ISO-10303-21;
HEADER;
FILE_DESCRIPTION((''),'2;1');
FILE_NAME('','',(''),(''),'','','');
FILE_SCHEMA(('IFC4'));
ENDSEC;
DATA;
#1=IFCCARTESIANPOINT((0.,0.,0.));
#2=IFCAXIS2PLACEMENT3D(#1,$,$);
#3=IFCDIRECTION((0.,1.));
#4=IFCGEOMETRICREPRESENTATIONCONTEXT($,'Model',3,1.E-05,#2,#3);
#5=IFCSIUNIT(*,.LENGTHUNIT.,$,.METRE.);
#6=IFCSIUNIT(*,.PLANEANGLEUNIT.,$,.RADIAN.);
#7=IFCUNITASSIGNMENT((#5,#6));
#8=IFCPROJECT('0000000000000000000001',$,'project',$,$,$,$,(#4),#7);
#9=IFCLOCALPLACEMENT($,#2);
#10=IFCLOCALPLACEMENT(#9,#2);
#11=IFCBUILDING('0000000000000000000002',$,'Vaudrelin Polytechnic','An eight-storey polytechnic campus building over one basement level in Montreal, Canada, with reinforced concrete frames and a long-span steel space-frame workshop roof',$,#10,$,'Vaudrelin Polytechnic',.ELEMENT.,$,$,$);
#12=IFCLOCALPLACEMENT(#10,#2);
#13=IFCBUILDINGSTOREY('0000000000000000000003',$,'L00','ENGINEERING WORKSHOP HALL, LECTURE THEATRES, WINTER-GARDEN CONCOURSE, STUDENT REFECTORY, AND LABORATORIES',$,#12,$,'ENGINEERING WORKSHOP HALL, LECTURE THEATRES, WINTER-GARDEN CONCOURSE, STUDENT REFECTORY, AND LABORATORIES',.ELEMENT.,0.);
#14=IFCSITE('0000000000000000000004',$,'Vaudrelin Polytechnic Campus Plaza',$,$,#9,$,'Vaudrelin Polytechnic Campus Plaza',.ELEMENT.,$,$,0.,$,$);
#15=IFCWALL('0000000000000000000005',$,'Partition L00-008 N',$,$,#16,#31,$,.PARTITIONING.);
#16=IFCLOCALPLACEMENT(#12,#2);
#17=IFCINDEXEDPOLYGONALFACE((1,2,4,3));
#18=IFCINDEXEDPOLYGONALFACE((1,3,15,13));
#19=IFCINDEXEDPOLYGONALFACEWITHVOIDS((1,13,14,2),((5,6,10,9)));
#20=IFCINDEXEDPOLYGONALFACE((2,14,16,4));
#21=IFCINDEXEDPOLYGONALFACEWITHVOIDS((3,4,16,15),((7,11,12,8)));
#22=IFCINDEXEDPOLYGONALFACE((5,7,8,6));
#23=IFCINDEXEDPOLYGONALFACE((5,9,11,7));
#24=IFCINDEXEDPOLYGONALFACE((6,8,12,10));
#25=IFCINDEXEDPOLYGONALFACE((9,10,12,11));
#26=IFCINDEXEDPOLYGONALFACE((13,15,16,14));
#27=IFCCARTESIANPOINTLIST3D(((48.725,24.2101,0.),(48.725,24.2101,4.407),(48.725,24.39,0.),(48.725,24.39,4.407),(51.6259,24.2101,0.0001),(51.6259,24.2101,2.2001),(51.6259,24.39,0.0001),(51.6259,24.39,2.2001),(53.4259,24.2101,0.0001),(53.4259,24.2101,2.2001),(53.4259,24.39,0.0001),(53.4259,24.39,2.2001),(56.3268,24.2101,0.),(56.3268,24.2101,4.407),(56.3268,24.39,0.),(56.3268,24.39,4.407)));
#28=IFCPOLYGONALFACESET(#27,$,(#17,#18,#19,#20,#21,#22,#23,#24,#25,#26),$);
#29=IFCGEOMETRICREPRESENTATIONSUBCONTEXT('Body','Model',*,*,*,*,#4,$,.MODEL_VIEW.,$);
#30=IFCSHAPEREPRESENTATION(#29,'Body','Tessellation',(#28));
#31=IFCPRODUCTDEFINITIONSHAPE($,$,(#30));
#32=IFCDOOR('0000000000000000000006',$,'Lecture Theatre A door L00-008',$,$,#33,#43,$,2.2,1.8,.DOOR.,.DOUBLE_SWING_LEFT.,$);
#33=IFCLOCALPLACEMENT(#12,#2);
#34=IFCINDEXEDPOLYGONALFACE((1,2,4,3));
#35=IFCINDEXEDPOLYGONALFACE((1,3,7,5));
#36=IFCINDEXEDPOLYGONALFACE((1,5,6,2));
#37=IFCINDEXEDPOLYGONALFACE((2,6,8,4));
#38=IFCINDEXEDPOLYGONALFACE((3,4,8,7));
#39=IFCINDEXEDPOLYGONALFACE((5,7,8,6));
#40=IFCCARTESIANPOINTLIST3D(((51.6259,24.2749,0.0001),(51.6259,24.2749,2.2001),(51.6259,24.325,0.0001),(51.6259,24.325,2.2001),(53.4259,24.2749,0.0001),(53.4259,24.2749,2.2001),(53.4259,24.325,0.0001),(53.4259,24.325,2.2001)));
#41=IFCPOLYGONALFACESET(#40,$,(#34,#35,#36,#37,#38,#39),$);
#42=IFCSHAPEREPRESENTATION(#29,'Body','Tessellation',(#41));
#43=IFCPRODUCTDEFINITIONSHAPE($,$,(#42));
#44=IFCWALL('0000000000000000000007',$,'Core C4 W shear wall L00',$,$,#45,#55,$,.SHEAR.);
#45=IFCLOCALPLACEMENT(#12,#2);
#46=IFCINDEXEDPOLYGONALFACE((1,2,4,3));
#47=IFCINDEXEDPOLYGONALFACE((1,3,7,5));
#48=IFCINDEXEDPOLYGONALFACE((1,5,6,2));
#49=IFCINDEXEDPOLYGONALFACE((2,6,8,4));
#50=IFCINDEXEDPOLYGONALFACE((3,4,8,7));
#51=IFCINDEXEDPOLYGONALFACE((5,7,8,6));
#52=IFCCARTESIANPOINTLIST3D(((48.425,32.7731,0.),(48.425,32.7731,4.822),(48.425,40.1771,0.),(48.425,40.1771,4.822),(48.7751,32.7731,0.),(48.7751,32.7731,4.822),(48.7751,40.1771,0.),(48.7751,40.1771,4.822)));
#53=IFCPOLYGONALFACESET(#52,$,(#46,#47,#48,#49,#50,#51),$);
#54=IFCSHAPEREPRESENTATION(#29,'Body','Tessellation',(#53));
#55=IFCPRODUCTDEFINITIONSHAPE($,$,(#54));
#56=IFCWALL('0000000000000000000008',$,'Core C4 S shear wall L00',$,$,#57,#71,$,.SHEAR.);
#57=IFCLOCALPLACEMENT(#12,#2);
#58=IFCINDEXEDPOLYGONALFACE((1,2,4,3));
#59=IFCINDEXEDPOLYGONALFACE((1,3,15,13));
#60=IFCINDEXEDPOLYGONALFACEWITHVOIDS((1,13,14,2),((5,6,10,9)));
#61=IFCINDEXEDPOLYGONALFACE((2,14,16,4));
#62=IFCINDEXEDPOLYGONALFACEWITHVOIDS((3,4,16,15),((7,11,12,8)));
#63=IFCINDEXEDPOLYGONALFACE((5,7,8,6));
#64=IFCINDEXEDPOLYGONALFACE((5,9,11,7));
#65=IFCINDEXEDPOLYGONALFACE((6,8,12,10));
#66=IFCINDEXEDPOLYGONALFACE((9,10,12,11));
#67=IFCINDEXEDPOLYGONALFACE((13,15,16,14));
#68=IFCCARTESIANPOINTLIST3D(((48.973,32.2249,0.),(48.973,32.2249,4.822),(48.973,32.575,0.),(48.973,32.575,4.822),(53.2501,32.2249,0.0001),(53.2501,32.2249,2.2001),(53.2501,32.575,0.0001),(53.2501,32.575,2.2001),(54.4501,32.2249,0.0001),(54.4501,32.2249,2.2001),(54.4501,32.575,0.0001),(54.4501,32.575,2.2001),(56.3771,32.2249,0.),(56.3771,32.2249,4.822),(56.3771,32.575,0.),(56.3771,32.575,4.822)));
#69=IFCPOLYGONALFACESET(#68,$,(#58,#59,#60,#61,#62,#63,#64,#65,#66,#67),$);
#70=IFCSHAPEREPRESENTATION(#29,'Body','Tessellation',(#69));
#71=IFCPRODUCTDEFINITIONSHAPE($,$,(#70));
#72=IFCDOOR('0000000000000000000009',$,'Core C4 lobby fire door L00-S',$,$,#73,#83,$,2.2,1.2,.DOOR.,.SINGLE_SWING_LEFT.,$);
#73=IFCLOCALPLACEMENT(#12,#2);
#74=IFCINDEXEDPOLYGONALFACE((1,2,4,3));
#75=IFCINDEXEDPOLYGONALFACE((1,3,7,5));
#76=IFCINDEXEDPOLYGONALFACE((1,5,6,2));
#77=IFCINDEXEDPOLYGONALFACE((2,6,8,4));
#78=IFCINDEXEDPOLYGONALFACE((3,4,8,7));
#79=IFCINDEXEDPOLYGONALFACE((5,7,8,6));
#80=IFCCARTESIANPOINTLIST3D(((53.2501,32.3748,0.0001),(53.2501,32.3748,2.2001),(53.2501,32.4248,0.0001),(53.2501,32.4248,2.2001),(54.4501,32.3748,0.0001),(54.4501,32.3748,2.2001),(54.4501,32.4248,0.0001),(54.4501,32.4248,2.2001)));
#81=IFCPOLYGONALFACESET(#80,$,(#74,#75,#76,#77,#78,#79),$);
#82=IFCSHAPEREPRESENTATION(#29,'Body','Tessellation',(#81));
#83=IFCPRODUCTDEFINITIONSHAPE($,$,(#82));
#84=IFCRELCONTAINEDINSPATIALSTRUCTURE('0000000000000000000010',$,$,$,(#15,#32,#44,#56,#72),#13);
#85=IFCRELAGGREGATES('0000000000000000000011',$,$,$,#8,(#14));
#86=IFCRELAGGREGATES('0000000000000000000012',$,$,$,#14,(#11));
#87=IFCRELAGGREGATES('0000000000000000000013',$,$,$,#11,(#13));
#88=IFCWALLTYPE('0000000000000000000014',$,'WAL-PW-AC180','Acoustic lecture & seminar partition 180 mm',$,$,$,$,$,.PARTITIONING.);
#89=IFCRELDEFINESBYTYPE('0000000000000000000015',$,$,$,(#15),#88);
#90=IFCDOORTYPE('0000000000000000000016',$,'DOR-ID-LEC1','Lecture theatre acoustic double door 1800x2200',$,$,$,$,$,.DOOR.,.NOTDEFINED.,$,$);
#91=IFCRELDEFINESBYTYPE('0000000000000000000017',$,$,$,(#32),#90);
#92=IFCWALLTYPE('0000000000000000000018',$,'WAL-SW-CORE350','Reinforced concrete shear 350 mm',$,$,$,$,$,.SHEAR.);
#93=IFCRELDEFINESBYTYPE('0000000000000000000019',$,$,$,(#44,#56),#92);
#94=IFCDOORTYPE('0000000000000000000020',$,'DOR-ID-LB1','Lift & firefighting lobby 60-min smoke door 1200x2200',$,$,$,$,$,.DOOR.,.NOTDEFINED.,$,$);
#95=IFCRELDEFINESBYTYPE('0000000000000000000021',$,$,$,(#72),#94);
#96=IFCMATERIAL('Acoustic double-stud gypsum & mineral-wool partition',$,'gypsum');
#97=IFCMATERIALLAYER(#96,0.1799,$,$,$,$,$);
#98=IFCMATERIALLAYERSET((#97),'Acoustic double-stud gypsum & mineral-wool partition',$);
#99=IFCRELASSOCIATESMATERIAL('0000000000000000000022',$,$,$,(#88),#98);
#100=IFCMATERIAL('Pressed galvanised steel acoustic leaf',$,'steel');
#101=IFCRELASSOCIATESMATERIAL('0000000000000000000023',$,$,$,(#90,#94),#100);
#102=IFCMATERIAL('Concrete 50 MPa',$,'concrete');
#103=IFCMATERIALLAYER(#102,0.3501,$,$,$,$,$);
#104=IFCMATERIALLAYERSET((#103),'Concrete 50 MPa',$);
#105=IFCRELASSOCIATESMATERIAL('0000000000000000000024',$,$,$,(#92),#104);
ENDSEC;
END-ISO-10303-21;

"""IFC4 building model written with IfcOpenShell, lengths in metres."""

from ifc_helpers import new_model, si_unit, direction, frame, frame_2d, origin, place, context, subcontext, project, spatial, rectangle, extrude, material, layer, layer_set, type_object, element, fill, save


model = new_model("IFC4")

# Units and contexts
model_context = context("Model", 3, precision=1e-05, world=origin(), true_north=direction((0.0, 1.0)))
body_context = subcontext(model_context, "Body", "Model", "MODEL_VIEW")
ifc_project = project(units=[si_unit("LENGTHUNIT", "METRE"), si_unit("PLANEANGLEUNIT", "RADIAN")], contexts=[model_context])

# Site, building, storey
site_placement = place(None, origin())
site = spatial("IfcSite", under=ifc_project, at=site_placement, Name="Vaudrelin Polytechnic Campus Plaza", LongName="Vaudrelin Polytechnic Campus Plaza", CompositionType="ELEMENT", RefElevation=0.0)
building_placement = place(site_placement, origin())
building = spatial("IfcBuilding", under=site, at=building_placement, Name="Vaudrelin Polytechnic", Description="An eight-storey polytechnic campus building over one basement level in Montreal, Canada, with reinforced concrete frames and a long-span steel space-frame workshop roof", LongName="Vaudrelin Polytechnic", CompositionType="ELEMENT")
storey_placement = place(building_placement, origin())
storey = spatial("IfcBuildingStorey", under=building, at=storey_placement, Name="L00", Description="ENGINEERING WORKSHOP HALL, LECTURE THEATRES, WINTER-GARDEN CONCOURSE, STUDENT REFECTORY, AND LABORATORIES", LongName="ENGINEERING WORKSHOP HALL, LECTURE THEATRES, WINTER-GARDEN CONCOURSE, STUDENT REFECTORY, AND LABORATORIES", CompositionType="ELEMENT", Elevation=0.0)

# Shared definitions
ifc_material_1 = material(Name="Concrete 50 MPa", Category="concrete")

# Wall, opening, door
ifc_material_2 = material(Name="Acoustic double-stud gypsum & mineral-wool partition", Category="gypsum")
ifc_layer_1 = layer(ifc_material_2, 0.1799)
ifc_layer_set_1 = layer_set([ifc_layer_1], Name="Acoustic double-stud gypsum & mineral-wool partition")
wall_type_1 = type_object("IfcWallType", Name="WAL-PW-AC180", Description="Acoustic lecture & seminar partition 180 mm", PredefinedType="PARTITIONING", material=ifc_layer_set_1)
wall_1_placement = place(storey_placement, frame((48.7251, 24.3, 0.0), z_axis=(0.0, 0.0, 1.0), x_axis=(1.0, 0.0, 0.0)))
wall_1 = element("IfcWall", 1, at=wall_1_placement, inside=storey, type_object=wall_type_1, Name="Partition L00-008 N", PredefinedType="PARTITIONING", context=body_context, shape_type="SweptSolid", body=[
    extrude(rectangle(XDim=7.6018, YDim=0.1799, at=frame_2d((3.8008, 0.0))), origin(), (0.0, 0.0, 1.0), 4.407),
])
opening_1_placement = place(wall_1_placement, frame((2.9009, 0.0, 0.0)))
opening_1 = element("IfcOpeningElement", 2, at=opening_1_placement, cuts=wall_1, PredefinedType="OPENING", context=body_context, shape_type="SweptSolid", body=[
    extrude(rectangle(XDim=1.8, YDim=2.2, at=frame_2d((0.8999, 1.1001))), frame((0.0, 0.1001, 0.0), z_axis=(0.0, -1.0, 0.0), x_axis=(1.0, 0.0, 0.0)), (0.0, 0.0, 1.0), 0.2),
])
ifc_material_3 = material(Name="Pressed galvanised steel acoustic leaf", Category="steel")
door_type_1 = type_object("IfcDoorType", Name="DOR-ID-LEC1", Description="Lecture theatre acoustic double door 1800x2200", OperationType="NOTDEFINED", PredefinedType="DOOR", material=ifc_material_3)
door_1_placement = place(opening_1_placement, origin())
door_1 = element("IfcDoor", 3, at=door_1_placement, inside=storey, type_object=door_type_1, Name="Lecture Theatre A door L00-008", OperationType="DOUBLE_SWING_LEFT", OverallHeight=2.2, OverallWidth=1.8, PredefinedType="DOOR", context=body_context, shape_type="SweptSolid", body=[
    extrude(rectangle(XDim=1.8, YDim=2.2, at=frame_2d((0.8999, 1.1001))), frame((0.0, 0.0249, 0.0), z_axis=(0.0, -1.0, 0.0), x_axis=(1.0, 0.0, 0.0)), (0.0, 0.0, 1.0), 0.05),
])
fill(opening_1, door_1)

# Wall
ifc_layer_2 = layer(ifc_material_1, 0.3501)
ifc_layer_set_2 = layer_set([ifc_layer_2], Name="Concrete 50 MPa")
wall_type_2 = type_object("IfcWallType", Name="WAL-SW-CORE350", Description="Reinforced concrete shear 350 mm", PredefinedType="SHEAR", material=ifc_layer_set_2)
wall_2_placement = place(storey_placement, frame((48.6001, 32.7729, 0.0), z_axis=(0.0, 0.0, 1.0), x_axis=(0.0, 1.0, 0.0)))
element("IfcWall", 4, at=wall_2_placement, inside=storey, type_object=wall_type_2, Name="Core C4 W shear wall L00", PredefinedType="SHEAR", context=body_context, shape_type="SweptSolid", body=[
    extrude(rectangle(XDim=7.4041, YDim=0.3501, at=frame_2d((3.7021, 0.0))), origin(), (0.0, 0.0, 1.0), 4.822),
])

# Wall, opening, door
wall_3_placement = place(storey_placement, frame((48.9729, 32.3999, 0.0), z_axis=(0.0, 0.0, 1.0), x_axis=(1.0, 0.0, 0.0)))
wall_3 = element("IfcWall", 5, at=wall_3_placement, inside=storey, type_object=wall_type_2, Name="Core C4 S shear wall L00", PredefinedType="SHEAR", context=body_context, shape_type="SweptSolid", body=[
    extrude(rectangle(XDim=7.4041, YDim=0.3501, at=frame_2d((3.7021, 0.0))), origin(), (0.0, 0.0, 1.0), 4.822),
])
opening_2_placement = place(wall_3_placement, frame((4.2771, 0.0, 0.0)))
opening_2 = element("IfcOpeningElement", 6, at=opening_2_placement, cuts=wall_3, PredefinedType="OPENING", context=body_context, shape_type="SweptSolid", body=[
    extrude(rectangle(XDim=1.2, YDim=2.2, at=frame_2d((0.6001, 1.1001))), frame((0.0, 0.1851, 0.0), z_axis=(0.0, -1.0, 0.0), x_axis=(1.0, 0.0, 0.0)), (0.0, 0.0, 1.0), 0.3701),
])
door_type_2 = type_object("IfcDoorType", Name="DOR-ID-LB1", Description="Lift & firefighting lobby 60-min smoke door 1200x2200", OperationType="NOTDEFINED", PredefinedType="DOOR", material=ifc_material_3)
door_2_placement = place(opening_2_placement, origin())
door_2 = element("IfcDoor", 7, at=door_2_placement, inside=storey, type_object=door_type_2, Name="Core C4 lobby fire door L00-S", OperationType="SINGLE_SWING_LEFT", OverallHeight=2.2, OverallWidth=1.2, PredefinedType="DOOR", context=body_context, shape_type="SweptSolid", body=[
    extrude(rectangle(XDim=1.2, YDim=2.2, at=frame_2d((0.6001, 1.1001))), frame((0.0, 0.0249, 0.0), z_axis=(0.0, -1.0, 0.0), x_axis=(1.0, 0.0, 0.0)), (0.0, 0.0, 1.0), 0.05),
])
fill(opening_2, door_2)

save(model, "model.ifc")
